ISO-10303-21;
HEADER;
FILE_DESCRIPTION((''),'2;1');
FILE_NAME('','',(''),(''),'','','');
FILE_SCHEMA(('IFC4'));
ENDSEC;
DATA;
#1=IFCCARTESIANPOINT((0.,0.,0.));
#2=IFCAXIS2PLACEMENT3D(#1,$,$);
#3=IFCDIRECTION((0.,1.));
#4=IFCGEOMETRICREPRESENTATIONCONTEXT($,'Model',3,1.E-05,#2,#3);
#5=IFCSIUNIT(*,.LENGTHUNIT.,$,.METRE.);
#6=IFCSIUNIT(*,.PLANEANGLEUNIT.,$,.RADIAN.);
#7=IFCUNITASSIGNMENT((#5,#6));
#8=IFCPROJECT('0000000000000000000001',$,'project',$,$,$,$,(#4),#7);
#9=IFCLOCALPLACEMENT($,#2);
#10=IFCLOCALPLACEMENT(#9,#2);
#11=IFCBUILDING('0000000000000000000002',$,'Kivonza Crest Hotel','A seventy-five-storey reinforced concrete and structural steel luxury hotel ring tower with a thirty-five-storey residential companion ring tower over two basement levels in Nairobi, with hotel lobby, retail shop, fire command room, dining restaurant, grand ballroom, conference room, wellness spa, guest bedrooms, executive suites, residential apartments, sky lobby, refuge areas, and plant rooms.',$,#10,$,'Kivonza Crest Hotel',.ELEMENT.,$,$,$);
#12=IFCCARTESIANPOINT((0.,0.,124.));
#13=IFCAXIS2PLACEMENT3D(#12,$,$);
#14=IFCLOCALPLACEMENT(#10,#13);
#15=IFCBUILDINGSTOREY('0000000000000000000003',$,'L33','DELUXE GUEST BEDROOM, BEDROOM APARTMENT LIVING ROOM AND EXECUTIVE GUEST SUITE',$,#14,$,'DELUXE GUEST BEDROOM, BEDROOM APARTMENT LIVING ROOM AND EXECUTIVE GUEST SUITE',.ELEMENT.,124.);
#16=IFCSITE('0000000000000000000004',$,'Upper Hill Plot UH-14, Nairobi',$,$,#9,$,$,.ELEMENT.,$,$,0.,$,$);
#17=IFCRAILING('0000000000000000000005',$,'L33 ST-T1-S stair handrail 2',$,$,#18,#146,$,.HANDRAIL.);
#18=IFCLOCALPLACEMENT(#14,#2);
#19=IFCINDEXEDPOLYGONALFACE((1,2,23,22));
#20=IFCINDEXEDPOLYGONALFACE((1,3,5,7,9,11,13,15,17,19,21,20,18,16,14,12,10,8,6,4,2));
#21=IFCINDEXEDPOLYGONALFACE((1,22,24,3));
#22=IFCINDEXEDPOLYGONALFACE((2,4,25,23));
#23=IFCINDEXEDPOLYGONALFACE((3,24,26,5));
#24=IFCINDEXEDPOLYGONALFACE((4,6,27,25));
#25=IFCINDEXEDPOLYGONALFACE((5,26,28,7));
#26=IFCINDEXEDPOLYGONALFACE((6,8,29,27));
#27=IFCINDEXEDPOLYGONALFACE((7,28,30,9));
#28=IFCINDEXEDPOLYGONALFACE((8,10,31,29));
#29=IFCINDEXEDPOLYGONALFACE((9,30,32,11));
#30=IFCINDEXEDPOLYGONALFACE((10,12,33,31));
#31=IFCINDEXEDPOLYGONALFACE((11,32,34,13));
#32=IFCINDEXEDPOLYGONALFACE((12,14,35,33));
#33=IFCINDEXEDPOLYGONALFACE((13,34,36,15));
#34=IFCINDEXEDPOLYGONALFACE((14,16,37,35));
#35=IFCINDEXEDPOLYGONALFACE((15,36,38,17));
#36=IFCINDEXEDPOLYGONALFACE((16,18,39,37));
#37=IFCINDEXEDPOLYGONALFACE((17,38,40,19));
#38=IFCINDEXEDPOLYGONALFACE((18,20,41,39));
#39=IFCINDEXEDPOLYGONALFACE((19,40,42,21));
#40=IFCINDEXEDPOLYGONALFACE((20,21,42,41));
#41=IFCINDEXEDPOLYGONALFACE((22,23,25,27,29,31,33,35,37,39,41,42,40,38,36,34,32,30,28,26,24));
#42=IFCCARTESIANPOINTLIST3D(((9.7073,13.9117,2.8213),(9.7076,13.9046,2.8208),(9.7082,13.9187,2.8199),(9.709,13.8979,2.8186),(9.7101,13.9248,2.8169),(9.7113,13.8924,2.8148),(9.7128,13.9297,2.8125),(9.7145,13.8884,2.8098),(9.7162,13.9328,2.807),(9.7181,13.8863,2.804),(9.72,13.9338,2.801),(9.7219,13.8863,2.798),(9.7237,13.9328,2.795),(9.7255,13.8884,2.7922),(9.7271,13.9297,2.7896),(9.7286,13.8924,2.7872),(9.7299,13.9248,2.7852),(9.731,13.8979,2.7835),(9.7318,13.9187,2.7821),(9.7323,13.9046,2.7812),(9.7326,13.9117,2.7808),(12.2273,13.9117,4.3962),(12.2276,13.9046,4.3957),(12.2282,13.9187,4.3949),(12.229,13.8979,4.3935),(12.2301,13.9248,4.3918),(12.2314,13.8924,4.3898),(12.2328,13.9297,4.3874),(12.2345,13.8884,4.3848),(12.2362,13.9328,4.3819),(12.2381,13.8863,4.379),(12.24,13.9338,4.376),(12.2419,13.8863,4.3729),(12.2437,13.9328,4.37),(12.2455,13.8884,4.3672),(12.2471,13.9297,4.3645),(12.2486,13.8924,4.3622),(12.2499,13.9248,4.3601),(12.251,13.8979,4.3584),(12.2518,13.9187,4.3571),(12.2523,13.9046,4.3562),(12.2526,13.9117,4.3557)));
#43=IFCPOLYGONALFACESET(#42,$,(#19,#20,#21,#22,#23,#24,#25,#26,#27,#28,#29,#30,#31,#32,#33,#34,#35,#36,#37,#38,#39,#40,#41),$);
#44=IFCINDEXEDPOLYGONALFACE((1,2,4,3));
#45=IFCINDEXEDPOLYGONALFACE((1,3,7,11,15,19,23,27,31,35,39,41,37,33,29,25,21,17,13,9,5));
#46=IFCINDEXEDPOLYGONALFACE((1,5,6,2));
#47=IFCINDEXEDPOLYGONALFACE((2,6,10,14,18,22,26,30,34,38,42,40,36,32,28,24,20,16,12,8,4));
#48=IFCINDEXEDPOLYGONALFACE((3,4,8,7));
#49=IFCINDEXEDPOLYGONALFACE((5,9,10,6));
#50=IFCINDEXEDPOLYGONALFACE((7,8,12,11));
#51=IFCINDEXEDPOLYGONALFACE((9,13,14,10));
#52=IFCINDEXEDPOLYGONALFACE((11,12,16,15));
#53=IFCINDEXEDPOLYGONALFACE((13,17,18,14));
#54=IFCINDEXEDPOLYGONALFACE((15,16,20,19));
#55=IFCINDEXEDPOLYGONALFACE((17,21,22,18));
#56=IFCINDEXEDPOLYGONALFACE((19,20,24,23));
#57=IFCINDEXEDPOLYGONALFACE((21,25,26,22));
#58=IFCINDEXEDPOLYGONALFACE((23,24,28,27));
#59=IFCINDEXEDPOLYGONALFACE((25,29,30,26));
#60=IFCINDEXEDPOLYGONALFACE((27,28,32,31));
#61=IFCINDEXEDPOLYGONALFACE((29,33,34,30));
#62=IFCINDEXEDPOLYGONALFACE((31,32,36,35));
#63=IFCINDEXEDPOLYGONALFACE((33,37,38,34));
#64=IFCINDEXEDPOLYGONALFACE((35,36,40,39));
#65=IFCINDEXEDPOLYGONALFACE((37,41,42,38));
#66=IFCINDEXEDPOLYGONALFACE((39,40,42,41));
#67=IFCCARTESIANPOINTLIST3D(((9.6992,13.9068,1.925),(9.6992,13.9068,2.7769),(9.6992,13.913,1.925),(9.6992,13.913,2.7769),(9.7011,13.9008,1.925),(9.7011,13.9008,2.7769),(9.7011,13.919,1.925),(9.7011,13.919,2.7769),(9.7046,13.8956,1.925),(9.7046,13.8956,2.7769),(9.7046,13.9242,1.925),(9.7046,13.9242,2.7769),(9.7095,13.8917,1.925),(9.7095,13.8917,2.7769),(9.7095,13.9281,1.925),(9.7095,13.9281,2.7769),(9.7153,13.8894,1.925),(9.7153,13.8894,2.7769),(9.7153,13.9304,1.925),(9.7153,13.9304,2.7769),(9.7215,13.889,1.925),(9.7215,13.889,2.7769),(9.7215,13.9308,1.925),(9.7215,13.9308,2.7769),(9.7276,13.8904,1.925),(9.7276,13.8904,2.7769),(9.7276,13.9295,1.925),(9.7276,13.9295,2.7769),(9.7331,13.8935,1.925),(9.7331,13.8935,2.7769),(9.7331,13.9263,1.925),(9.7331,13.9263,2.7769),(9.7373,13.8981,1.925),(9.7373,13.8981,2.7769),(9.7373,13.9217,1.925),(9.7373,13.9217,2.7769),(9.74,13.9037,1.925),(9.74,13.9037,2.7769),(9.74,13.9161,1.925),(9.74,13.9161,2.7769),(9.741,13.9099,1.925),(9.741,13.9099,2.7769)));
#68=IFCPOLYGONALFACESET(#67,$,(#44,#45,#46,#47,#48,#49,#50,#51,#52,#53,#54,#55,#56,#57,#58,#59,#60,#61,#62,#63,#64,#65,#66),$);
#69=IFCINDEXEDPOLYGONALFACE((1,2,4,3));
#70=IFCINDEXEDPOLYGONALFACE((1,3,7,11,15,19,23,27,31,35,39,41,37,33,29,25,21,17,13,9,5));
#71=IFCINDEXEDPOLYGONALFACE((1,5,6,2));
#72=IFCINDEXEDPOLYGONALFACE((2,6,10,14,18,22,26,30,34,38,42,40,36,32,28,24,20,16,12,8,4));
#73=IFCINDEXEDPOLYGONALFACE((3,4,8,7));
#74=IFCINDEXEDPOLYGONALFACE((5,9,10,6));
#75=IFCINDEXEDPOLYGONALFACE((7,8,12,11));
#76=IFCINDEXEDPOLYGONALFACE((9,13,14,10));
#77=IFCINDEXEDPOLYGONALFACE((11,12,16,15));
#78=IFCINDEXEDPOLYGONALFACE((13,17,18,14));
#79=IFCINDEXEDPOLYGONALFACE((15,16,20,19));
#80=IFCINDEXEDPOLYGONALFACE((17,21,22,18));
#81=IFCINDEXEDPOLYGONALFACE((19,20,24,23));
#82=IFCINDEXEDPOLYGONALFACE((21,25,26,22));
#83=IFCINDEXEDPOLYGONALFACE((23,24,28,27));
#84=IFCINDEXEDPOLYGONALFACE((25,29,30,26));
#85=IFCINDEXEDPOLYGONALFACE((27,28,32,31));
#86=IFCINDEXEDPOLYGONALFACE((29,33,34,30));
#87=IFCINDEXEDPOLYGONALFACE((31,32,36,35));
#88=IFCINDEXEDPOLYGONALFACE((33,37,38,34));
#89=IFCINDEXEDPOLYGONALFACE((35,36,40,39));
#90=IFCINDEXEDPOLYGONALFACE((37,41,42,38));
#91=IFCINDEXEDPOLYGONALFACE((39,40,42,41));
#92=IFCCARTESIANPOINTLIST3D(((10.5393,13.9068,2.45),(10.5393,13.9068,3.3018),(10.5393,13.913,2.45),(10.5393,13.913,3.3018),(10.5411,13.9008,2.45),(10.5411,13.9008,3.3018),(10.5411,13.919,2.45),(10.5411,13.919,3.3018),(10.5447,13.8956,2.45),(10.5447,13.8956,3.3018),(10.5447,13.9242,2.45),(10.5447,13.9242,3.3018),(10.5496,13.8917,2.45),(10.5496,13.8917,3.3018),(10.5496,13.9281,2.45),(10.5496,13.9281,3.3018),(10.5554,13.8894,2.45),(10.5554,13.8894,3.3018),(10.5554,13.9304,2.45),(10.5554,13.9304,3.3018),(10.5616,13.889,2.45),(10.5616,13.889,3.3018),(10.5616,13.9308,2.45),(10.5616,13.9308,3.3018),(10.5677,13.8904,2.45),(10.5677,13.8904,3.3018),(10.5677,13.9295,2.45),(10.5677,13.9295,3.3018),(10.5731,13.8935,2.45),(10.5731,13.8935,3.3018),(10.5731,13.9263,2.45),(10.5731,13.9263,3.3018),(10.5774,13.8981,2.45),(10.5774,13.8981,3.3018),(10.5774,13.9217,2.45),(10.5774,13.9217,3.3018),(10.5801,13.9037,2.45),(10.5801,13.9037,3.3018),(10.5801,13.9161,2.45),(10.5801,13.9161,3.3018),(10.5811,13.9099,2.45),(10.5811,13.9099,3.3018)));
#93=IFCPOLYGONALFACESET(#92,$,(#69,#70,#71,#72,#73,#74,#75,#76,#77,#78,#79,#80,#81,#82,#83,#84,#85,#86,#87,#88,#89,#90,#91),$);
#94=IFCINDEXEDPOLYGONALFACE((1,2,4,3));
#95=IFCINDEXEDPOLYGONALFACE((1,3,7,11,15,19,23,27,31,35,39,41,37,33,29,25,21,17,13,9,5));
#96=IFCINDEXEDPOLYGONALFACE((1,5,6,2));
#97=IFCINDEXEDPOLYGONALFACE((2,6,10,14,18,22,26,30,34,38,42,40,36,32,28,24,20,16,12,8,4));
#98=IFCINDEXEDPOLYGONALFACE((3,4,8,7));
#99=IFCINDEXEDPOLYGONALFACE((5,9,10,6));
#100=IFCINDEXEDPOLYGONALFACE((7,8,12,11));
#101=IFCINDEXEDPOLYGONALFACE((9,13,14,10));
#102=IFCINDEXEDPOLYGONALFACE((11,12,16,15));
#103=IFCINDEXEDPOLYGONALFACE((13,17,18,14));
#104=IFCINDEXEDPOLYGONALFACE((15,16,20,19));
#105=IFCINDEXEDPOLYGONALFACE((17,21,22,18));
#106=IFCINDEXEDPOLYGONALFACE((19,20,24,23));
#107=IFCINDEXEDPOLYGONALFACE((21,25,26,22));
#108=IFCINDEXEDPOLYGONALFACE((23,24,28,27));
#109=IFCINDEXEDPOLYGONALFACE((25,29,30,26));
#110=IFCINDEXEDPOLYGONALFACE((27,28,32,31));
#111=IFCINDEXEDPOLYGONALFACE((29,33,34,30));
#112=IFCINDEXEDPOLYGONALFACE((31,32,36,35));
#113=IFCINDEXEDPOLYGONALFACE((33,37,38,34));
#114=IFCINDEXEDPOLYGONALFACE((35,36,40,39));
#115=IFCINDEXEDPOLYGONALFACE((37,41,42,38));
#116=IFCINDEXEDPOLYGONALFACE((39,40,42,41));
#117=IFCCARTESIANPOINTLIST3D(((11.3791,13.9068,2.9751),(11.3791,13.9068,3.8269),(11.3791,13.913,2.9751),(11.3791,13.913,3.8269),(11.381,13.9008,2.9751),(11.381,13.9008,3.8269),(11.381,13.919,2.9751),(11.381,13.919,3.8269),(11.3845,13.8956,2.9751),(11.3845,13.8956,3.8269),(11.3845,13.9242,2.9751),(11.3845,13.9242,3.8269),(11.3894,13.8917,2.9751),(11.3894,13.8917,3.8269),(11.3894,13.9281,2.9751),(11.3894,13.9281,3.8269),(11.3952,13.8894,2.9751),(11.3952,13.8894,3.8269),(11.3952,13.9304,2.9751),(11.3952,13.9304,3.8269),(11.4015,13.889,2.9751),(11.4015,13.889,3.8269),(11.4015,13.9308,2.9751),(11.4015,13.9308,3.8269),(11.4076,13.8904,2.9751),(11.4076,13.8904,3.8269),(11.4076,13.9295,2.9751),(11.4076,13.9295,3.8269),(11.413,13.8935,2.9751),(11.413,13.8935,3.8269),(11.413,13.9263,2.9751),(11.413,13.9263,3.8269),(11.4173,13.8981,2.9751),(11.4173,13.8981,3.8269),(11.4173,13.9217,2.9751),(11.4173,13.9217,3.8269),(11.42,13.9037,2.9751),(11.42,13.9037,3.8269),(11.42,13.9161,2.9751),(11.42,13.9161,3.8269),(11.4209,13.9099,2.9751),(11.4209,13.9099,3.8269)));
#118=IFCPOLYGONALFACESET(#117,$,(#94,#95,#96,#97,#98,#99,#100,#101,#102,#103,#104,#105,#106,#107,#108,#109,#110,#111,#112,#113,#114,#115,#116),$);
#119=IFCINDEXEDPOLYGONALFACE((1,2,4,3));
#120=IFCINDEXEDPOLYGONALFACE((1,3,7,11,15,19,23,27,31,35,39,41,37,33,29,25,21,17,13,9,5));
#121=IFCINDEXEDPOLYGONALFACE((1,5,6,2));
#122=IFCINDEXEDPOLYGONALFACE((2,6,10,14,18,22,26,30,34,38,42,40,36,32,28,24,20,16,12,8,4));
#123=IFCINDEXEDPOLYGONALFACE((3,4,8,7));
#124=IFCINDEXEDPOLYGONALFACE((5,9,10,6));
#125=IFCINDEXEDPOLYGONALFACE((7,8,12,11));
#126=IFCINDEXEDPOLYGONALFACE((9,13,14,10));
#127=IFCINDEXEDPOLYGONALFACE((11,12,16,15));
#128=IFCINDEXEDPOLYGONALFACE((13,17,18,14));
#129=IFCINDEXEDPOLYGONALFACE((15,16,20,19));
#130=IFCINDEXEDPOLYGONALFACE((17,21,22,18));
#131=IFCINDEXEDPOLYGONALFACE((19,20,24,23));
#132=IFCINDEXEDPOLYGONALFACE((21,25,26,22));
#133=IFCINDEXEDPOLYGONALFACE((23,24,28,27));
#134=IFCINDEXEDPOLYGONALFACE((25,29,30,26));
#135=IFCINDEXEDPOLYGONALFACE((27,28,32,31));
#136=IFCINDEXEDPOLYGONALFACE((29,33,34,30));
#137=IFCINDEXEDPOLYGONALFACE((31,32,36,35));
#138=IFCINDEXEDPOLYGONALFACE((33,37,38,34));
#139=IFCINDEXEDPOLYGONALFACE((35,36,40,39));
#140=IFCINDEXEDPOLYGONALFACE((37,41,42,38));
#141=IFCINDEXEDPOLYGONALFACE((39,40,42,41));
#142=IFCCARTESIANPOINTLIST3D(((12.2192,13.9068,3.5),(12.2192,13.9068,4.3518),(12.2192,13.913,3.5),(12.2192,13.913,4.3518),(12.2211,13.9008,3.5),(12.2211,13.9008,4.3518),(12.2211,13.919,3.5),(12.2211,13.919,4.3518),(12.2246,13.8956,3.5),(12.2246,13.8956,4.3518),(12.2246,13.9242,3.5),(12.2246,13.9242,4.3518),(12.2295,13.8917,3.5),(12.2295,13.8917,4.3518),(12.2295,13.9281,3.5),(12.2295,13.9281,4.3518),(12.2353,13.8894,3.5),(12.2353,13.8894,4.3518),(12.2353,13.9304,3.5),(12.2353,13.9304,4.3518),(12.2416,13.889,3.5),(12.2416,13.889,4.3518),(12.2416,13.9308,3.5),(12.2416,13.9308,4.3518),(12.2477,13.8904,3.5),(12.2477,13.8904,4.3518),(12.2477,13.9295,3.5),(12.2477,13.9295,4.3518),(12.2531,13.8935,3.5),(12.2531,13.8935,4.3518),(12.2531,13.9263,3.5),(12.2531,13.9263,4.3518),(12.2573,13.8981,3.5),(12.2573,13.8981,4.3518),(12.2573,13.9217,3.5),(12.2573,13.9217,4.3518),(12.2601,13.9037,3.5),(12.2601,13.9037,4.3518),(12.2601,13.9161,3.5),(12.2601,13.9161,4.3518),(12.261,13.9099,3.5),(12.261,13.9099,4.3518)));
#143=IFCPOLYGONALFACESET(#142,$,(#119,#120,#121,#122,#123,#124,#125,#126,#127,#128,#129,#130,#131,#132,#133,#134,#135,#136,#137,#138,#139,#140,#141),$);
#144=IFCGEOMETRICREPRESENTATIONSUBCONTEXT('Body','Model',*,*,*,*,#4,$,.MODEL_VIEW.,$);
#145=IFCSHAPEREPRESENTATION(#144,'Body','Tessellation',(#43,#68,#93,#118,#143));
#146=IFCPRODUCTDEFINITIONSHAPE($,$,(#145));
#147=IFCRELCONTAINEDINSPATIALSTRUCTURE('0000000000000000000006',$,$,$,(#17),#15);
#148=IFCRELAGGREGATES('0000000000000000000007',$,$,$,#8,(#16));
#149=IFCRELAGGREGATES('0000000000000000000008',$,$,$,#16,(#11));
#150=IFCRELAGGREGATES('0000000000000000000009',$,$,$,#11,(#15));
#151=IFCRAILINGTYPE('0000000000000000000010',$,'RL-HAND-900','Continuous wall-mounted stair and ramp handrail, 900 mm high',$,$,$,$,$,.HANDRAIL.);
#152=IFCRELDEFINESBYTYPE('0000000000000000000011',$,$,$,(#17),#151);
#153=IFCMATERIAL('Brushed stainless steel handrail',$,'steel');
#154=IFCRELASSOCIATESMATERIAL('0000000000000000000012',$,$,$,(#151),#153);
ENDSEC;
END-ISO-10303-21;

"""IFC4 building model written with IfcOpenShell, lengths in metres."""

from ifc_helpers import new_model, si_unit, direction, frame, origin, origin_2d, place, context, subcontext, project, spatial, circle, extrude, material, type_object, element, save


model = new_model("IFC4")

# Units and contexts
model_context = context("Model", 3, precision=1e-05, world=origin(), true_north=direction((0.0, 1.0)))
body_context = subcontext(model_context, "Body", "Model", "MODEL_VIEW")
ifc_project = project(units=[si_unit("LENGTHUNIT", "METRE"), si_unit("PLANEANGLEUNIT", "RADIAN")], contexts=[model_context])

# Site, building, storey
site_placement = place(None, origin())
site = spatial("IfcSite", under=ifc_project, at=site_placement, Name="Upper Hill Plot UH-14, Nairobi", CompositionType="ELEMENT", RefElevation=0.0)
building_placement = place(site_placement, origin())
building = spatial("IfcBuilding", under=site, at=building_placement, Name="Kivonza Crest Hotel", Description="A seventy-five-storey reinforced concrete and structural steel luxury hotel ring tower with a thirty-five-storey residential companion ring tower over two basement levels in Nairobi, with hotel lobby, retail shop, fire command room, dining restaurant, grand ballroom, conference room, wellness spa, guest bedrooms, executive suites, residential apartments, sky lobby, refuge areas, and plant rooms.", LongName="Kivonza Crest Hotel", CompositionType="ELEMENT")
storey_placement = place(building_placement, frame((0.0, 0.0, 124.0)))
storey = spatial("IfcBuildingStorey", under=building, at=storey_placement, Name="L33", Description="DELUXE GUEST BEDROOM, BEDROOM APARTMENT LIVING ROOM AND EXECUTIVE GUEST SUITE", LongName="DELUXE GUEST BEDROOM, BEDROOM APARTMENT LIVING ROOM AND EXECUTIVE GUEST SUITE", CompositionType="ELEMENT", Elevation=124.0)

# Railing
ifc_material_1 = material(Name="Brushed stainless steel handrail", Category="steel")
railing_type_1 = type_object("IfcRailingType", Name="RL-HAND-900", Description="Continuous wall-mounted stair and ramp handrail, 900 mm high", PredefinedType="HANDRAIL", material=ifc_material_1)
railing_1_placement = place(storey_placement, frame((9.72, 13.9099, 1.925)))
element("IfcRailing", 1, at=railing_1_placement, inside=storey, type_object=railing_type_1, Name="L33 ST-T1-S stair handrail 2", PredefinedType="HANDRAIL", context=body_context, shape_type="SweptSolid", body=[
    extrude(circle(Radius=0.0239, at=origin_2d()), frame((0.0, 0.0, 0.876), z_axis=(0.848008, 0.0, 0.529984), x_axis=(0.0, 1.0, 0.0)), (0.0, 0.0, 1.0), 2.9717),
    extrude(circle(Radius=0.021, at=origin_2d()), origin(), (0.0, 0.0, 1.0), 0.8518),
    extrude(circle(Radius=0.021, at=origin_2d()), frame((0.8401, 0.0, 0.5249)), (0.0, 0.0, 1.0), 0.8518),
    extrude(circle(Radius=0.021, at=origin_2d()), frame((1.6799, 0.0, 1.05)), (0.0, 0.0, 1.0), 0.8518),
    extrude(circle(Radius=0.021, at=origin_2d()), frame((2.52, 0.0, 1.575)), (0.0, 0.0, 1.0), 0.8518),
])

save(model, "model.ifc")
